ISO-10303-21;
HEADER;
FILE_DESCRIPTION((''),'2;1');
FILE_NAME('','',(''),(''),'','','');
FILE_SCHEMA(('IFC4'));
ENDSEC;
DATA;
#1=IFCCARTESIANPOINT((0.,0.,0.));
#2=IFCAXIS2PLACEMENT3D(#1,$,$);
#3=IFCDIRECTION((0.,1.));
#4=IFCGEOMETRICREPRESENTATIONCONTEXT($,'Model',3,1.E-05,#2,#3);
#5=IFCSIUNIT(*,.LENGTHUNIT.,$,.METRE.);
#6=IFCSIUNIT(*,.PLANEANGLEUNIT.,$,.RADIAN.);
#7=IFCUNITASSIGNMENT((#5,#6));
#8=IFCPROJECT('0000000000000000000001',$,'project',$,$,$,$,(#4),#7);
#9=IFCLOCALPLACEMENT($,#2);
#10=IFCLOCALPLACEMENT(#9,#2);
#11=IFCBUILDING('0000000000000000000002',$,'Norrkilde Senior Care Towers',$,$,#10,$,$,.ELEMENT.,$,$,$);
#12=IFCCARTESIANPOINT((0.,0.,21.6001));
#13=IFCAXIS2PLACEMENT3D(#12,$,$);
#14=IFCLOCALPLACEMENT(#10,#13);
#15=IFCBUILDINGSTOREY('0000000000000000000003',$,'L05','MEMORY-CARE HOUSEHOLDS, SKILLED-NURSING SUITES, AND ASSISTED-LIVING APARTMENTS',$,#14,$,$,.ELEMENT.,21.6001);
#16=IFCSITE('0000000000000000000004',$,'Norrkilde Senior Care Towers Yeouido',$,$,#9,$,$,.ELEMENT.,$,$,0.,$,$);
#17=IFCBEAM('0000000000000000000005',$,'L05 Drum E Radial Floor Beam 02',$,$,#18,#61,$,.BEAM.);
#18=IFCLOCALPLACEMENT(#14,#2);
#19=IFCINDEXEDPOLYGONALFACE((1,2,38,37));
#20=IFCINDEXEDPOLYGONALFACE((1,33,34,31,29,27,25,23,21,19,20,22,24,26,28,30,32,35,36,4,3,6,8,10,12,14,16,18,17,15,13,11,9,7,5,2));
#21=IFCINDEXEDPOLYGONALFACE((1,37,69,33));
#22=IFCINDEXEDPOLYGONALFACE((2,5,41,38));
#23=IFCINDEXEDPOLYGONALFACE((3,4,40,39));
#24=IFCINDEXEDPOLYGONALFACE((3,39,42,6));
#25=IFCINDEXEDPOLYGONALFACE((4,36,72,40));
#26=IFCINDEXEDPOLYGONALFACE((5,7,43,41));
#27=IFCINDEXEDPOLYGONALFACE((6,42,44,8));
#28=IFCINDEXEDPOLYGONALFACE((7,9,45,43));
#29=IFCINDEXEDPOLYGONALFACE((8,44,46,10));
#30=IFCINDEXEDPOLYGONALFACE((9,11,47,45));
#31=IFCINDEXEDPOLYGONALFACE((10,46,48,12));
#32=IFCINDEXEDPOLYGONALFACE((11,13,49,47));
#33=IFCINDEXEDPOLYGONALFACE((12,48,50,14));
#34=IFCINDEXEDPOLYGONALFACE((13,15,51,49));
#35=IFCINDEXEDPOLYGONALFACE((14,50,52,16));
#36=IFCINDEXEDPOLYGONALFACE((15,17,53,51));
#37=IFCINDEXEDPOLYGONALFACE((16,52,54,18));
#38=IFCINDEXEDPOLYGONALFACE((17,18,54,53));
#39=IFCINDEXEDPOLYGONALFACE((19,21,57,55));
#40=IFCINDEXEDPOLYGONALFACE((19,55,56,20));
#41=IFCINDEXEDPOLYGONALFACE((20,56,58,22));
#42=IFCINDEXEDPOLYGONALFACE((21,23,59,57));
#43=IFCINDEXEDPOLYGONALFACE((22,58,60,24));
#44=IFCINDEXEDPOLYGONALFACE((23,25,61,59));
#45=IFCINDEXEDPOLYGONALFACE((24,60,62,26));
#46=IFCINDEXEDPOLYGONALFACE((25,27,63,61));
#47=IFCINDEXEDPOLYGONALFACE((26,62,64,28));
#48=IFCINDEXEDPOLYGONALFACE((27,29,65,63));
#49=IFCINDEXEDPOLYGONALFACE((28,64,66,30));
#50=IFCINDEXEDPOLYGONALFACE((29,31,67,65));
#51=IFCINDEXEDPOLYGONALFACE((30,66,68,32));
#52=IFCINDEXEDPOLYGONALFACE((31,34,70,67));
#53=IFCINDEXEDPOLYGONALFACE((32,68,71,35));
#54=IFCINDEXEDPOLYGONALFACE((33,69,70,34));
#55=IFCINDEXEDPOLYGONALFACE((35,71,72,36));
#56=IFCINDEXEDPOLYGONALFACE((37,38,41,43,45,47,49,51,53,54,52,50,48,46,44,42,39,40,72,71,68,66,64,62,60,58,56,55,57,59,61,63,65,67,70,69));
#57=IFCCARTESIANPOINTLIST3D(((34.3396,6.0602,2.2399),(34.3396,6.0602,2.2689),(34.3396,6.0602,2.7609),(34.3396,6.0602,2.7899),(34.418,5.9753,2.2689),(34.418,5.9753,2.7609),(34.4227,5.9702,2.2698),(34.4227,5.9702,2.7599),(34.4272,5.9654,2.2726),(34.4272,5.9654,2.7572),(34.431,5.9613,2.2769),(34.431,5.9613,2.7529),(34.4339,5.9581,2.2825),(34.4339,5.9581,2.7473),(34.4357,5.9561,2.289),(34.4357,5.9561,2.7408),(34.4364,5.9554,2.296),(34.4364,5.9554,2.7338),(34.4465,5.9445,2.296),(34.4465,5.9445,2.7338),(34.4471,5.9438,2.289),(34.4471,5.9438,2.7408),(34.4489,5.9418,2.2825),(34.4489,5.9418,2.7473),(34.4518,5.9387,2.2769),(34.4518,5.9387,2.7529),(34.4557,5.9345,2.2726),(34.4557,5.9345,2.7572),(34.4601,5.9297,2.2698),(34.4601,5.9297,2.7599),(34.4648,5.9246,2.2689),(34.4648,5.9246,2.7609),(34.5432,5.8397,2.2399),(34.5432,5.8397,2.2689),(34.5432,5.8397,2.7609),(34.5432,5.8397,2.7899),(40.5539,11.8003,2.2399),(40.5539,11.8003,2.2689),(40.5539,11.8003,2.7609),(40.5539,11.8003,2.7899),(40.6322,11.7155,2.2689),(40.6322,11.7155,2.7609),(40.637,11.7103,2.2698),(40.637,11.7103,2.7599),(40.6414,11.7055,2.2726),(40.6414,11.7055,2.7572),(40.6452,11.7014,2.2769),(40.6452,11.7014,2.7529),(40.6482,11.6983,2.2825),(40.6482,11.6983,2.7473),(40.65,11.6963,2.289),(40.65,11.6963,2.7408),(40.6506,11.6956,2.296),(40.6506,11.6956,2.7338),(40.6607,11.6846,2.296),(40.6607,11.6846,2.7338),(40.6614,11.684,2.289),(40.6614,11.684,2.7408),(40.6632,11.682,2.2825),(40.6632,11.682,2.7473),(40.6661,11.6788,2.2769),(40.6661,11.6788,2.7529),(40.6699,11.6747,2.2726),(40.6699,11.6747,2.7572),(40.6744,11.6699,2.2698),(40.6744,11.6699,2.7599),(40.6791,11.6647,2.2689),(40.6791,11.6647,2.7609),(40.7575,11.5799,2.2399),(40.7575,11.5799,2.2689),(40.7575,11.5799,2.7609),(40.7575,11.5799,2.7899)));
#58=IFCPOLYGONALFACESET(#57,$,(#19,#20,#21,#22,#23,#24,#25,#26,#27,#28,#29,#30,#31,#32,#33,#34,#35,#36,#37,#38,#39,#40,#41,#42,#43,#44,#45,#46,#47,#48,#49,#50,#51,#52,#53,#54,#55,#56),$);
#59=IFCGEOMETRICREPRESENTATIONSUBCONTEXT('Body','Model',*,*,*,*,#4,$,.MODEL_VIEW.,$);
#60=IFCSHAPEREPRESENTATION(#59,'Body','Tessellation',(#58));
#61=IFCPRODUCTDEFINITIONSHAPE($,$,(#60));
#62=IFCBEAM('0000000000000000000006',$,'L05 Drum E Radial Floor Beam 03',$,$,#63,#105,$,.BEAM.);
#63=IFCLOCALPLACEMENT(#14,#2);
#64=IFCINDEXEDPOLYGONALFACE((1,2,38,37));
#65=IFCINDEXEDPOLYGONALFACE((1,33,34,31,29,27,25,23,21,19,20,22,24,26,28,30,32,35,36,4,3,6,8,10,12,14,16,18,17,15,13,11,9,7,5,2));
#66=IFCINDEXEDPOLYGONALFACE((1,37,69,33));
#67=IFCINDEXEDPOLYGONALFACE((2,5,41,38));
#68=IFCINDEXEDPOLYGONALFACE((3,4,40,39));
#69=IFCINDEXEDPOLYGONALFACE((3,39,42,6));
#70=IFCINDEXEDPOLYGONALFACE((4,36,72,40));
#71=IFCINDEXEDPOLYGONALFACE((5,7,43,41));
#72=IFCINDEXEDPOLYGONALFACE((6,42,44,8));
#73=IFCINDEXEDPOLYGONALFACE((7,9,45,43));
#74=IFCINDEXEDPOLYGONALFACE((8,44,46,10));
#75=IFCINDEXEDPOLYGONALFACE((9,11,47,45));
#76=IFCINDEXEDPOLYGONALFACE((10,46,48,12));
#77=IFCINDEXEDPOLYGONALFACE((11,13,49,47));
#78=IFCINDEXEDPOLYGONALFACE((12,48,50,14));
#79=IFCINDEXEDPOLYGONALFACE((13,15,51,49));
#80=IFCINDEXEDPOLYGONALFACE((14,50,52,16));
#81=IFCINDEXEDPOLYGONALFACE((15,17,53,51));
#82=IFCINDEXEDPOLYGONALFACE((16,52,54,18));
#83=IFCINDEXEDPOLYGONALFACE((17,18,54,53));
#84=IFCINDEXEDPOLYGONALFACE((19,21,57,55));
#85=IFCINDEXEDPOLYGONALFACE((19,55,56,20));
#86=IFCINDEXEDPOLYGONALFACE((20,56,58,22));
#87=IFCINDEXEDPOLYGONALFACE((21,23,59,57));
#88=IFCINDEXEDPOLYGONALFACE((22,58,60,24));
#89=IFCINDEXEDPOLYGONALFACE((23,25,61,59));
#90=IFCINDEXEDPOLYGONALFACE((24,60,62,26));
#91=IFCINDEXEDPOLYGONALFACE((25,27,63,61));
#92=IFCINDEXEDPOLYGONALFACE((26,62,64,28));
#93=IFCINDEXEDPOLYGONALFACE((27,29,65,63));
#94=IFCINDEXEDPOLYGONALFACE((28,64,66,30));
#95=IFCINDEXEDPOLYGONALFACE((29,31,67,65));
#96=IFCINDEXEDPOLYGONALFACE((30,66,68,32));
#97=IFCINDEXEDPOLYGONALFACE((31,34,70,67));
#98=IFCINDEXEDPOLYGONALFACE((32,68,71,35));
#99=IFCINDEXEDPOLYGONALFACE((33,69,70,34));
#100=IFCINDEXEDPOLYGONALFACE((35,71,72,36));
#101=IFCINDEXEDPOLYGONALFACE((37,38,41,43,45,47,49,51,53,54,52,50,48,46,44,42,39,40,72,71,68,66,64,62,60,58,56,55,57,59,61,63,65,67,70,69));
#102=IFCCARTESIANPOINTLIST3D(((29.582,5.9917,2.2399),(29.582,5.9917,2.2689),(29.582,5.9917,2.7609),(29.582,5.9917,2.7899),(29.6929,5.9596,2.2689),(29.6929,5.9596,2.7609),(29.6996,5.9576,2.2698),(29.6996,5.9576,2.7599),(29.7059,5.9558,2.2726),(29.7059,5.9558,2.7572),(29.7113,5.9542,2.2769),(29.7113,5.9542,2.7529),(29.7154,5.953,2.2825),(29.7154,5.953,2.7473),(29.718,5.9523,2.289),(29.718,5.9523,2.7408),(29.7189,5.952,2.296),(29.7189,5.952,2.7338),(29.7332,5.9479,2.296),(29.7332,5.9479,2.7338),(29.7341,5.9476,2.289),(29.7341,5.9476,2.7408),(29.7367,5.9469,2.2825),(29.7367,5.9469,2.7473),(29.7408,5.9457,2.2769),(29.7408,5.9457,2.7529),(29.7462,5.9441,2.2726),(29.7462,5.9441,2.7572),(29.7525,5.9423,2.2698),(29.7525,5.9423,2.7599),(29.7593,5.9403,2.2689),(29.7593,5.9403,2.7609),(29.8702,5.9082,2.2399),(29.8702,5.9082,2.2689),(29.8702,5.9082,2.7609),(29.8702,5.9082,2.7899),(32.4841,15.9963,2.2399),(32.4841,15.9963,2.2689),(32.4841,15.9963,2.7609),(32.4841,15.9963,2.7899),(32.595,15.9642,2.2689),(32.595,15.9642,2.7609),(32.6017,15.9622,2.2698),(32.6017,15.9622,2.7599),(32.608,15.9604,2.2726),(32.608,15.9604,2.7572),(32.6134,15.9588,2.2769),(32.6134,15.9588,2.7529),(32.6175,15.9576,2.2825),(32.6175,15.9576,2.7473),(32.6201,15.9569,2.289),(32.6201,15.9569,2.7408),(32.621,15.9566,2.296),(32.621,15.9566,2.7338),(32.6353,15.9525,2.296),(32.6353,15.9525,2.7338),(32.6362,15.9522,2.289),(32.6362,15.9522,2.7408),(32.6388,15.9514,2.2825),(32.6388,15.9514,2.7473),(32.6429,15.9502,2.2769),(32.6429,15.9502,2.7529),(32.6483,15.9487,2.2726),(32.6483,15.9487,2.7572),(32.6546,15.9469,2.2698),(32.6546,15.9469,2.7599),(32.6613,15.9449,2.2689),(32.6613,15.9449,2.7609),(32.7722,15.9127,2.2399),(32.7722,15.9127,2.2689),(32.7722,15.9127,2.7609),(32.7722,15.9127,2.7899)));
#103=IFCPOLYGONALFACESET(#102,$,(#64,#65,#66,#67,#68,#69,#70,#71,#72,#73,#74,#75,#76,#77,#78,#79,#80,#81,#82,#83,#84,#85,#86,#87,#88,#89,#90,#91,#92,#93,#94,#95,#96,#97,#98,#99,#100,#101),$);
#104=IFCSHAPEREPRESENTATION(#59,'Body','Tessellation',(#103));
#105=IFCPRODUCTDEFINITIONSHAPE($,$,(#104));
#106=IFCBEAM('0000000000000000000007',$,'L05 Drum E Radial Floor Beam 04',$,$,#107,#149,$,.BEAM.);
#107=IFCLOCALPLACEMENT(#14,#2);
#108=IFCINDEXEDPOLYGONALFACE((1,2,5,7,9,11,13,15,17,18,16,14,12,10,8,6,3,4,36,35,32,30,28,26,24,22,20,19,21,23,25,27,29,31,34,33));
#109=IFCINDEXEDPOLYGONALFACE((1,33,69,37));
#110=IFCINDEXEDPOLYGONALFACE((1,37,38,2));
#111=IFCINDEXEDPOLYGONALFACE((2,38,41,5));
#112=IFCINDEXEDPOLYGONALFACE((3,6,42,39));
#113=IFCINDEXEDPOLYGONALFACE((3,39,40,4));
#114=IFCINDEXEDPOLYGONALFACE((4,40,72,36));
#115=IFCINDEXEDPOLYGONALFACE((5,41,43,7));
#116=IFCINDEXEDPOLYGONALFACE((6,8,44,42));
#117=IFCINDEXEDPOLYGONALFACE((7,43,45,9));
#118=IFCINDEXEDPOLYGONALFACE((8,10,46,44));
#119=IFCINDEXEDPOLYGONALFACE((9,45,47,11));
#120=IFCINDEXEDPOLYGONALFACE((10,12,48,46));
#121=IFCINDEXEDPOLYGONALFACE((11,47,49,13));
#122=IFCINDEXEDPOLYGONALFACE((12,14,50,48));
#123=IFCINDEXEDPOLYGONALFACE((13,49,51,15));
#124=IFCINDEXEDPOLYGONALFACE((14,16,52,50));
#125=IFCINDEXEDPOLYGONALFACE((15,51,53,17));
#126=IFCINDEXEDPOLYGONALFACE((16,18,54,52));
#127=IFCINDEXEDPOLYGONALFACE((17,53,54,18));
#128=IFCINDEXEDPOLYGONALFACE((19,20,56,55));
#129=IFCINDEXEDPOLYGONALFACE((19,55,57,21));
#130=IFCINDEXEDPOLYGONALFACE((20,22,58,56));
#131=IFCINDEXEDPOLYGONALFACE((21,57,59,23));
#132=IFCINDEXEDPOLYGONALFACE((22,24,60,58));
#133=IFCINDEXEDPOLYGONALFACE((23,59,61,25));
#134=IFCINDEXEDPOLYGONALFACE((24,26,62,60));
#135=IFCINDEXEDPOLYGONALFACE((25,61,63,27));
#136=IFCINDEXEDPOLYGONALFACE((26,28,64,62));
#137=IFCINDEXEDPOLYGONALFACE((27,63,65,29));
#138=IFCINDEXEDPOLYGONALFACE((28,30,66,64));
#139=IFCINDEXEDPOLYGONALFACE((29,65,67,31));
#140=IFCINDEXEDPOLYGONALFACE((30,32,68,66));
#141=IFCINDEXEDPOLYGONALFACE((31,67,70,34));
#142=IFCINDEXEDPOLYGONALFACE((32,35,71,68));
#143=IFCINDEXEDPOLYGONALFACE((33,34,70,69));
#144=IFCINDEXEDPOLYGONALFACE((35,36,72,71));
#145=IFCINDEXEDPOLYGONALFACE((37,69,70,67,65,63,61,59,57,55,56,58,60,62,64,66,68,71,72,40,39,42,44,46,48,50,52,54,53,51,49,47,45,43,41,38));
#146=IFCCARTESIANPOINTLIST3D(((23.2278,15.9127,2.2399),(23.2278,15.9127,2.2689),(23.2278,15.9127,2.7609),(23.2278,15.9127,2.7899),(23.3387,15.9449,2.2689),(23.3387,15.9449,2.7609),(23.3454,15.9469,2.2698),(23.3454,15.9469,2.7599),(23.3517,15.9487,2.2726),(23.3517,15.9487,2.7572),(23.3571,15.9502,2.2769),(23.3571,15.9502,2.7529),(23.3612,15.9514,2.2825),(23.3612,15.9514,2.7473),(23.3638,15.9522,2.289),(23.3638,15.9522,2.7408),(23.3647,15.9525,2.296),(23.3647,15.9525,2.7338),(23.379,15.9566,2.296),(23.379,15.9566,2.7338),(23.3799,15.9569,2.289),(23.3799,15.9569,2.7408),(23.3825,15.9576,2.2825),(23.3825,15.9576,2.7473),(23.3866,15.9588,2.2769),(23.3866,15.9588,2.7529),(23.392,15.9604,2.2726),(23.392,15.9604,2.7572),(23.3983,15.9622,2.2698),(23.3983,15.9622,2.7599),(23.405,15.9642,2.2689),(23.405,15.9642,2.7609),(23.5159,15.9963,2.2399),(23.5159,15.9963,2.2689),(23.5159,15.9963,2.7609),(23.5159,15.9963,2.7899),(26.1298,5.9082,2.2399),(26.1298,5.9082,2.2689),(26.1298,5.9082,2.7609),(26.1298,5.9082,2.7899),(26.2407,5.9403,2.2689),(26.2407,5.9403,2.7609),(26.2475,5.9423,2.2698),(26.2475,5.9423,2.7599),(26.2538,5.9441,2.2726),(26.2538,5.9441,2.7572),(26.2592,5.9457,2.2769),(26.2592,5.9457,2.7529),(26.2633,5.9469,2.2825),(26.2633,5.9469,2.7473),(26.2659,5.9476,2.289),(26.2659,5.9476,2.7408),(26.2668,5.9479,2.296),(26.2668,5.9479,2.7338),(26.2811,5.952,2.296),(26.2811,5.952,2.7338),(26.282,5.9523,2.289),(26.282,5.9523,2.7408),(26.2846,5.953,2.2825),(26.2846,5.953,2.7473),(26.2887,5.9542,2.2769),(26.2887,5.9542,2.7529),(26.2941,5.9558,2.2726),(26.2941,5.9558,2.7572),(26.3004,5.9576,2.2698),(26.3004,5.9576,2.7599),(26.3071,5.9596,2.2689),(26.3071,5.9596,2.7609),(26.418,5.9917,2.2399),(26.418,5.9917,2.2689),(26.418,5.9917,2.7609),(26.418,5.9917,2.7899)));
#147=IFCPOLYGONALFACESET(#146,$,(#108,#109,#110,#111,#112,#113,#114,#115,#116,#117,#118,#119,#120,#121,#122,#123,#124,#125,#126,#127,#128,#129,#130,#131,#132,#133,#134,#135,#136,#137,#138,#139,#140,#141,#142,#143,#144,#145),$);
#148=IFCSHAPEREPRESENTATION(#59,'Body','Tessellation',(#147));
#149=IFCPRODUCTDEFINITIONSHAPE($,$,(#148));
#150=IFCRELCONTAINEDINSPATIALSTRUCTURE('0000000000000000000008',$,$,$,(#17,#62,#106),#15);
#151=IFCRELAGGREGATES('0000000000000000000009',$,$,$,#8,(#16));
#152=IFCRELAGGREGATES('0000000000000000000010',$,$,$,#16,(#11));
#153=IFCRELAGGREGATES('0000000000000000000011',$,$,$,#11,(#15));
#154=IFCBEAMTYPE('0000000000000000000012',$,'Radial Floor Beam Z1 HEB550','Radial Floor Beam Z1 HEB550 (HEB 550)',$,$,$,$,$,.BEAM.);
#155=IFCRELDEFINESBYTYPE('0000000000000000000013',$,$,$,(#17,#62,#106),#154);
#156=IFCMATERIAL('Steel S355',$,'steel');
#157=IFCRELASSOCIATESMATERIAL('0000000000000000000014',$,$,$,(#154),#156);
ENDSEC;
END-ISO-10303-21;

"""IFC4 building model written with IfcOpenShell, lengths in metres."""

from ifc_helpers import new_model, si_unit, direction, frame, origin, origin_2d, place, context, subcontext, project, spatial, i_section, extrude, source, transform, mapped, material, material_profile, profile_set, type_object, type_shapes, element, save


model = new_model("IFC4")

# Units and contexts
model_context = context("Model", 3, precision=1e-05, world=origin(), true_north=direction((0.0, 1.0)))
body_context = subcontext(model_context, "Body", "Model", "MODEL_VIEW")
ifc_project = project(units=[si_unit("LENGTHUNIT", "METRE"), si_unit("PLANEANGLEUNIT", "RADIAN")], contexts=[model_context])

# Site, building, storey
site_placement = place(None, origin())
site = spatial("IfcSite", under=ifc_project, at=site_placement, Name="Norrkilde Senior Care Towers Yeouido", CompositionType="ELEMENT", RefElevation=0.0)
building_placement = place(site_placement, origin())
building = spatial("IfcBuilding", under=site, at=building_placement, Name="Norrkilde Senior Care Towers", CompositionType="ELEMENT")
storey_placement = place(building_placement, frame((0.0, 0.0, 21.6001)))
storey = spatial("IfcBuildingStorey", under=building, at=storey_placement, Name="L05", Description="MEMORY-CARE HOUSEHOLDS, SKILLED-NURSING SUITES, AND ASSISTED-LIVING APARTMENTS", CompositionType="ELEMENT", Elevation=21.6001)

# Beams
ifc_material_1 = material(Name="Steel S355", Category="steel")
ifc_material_profile = material_profile(ifc_material_1, i_section(OverallWidth=0.3, OverallDepth=0.55, WebThickness=0.0149, FlangeThickness=0.0291, FilletRadius=0.0271, at=origin_2d()), Name="HEB 550")
ifc_profile_set = profile_set([ifc_material_profile], Name="Steel S355")
beam_type = type_object("IfcBeamType", Name="Radial Floor Beam Z1 HEB550", Description="Radial Floor Beam Z1 HEB550 (HEB 550)", PredefinedType="BEAM", material=ifc_profile_set)
shared_shape_1 = source(origin(), body_context, "Body", "SweptSolid", [
    extrude(i_section(OverallWidth=0.3, OverallDepth=0.55, WebThickness=0.0149, FlangeThickness=0.0291, FilletRadius=0.0271, at=origin_2d()), origin(), (0.0, 0.0, 1.0), 8.4597),
])
beam_placement = place(storey_placement, frame((34.4414, 5.95, 2.5149), z_axis=(0.734573, 0.678529, 0.0), x_axis=(-0.678529, 0.734573, 0.0)))
element("IfcBeam", 1, at=beam_placement, inside=storey, type_object=beam_type, Name="L05 Drum E Radial Floor Beam 02", PredefinedType="BEAM", context=body_context, shape_type="MappedRepresentation", body=[
    mapped(shared_shape_1, transform((0.0, 0.0, 0.0), x_axis=(1.0, 0.0, 0.0), y_axis=(0.0, 1.0, 0.0), z_axis=(0.0, 0.0, 1.0), scale=1.0)),
])
shared_shape_2 = source(origin(), body_context, "Body", "SweptSolid", [
    extrude(i_section(OverallWidth=0.3, OverallDepth=0.55, WebThickness=0.0149, FlangeThickness=0.0291, FilletRadius=0.0271, at=origin_2d()), origin(), (0.0, 0.0, 1.0), 10.417),
])
type_shapes(beam_type, [shared_shape_1, shared_shape_2])
for number, where, z_axis, x_axis, name in (
    (2, (29.7261, 5.95, 2.5149), (0.278591, 0.96041, 0.0), (-0.96041, 0.278591, 0.0), "L05 Drum E Radial Floor Beam 03"),
    (3, (26.2739, 5.95, 2.5149), (-0.278591, 0.96041, 0.0), (-0.96041, -0.278591, 0.0), "L05 Drum E Radial Floor Beam 04"),
):
    element("IfcBeam", number, at=place(storey_placement, frame(where, z_axis=z_axis, x_axis=x_axis)), inside=storey, type_object=beam_type, Name=name, PredefinedType="BEAM", context=body_context, shape_type="MappedRepresentation", body=[
        mapped(shared_shape_2, transform((0.0, 0.0, 0.0), x_axis=(1.0, 0.0, 0.0), y_axis=(0.0, 1.0, 0.0), z_axis=(0.0, 0.0, 1.0), scale=1.0)),
    ])

save(model, "model.ifc")
